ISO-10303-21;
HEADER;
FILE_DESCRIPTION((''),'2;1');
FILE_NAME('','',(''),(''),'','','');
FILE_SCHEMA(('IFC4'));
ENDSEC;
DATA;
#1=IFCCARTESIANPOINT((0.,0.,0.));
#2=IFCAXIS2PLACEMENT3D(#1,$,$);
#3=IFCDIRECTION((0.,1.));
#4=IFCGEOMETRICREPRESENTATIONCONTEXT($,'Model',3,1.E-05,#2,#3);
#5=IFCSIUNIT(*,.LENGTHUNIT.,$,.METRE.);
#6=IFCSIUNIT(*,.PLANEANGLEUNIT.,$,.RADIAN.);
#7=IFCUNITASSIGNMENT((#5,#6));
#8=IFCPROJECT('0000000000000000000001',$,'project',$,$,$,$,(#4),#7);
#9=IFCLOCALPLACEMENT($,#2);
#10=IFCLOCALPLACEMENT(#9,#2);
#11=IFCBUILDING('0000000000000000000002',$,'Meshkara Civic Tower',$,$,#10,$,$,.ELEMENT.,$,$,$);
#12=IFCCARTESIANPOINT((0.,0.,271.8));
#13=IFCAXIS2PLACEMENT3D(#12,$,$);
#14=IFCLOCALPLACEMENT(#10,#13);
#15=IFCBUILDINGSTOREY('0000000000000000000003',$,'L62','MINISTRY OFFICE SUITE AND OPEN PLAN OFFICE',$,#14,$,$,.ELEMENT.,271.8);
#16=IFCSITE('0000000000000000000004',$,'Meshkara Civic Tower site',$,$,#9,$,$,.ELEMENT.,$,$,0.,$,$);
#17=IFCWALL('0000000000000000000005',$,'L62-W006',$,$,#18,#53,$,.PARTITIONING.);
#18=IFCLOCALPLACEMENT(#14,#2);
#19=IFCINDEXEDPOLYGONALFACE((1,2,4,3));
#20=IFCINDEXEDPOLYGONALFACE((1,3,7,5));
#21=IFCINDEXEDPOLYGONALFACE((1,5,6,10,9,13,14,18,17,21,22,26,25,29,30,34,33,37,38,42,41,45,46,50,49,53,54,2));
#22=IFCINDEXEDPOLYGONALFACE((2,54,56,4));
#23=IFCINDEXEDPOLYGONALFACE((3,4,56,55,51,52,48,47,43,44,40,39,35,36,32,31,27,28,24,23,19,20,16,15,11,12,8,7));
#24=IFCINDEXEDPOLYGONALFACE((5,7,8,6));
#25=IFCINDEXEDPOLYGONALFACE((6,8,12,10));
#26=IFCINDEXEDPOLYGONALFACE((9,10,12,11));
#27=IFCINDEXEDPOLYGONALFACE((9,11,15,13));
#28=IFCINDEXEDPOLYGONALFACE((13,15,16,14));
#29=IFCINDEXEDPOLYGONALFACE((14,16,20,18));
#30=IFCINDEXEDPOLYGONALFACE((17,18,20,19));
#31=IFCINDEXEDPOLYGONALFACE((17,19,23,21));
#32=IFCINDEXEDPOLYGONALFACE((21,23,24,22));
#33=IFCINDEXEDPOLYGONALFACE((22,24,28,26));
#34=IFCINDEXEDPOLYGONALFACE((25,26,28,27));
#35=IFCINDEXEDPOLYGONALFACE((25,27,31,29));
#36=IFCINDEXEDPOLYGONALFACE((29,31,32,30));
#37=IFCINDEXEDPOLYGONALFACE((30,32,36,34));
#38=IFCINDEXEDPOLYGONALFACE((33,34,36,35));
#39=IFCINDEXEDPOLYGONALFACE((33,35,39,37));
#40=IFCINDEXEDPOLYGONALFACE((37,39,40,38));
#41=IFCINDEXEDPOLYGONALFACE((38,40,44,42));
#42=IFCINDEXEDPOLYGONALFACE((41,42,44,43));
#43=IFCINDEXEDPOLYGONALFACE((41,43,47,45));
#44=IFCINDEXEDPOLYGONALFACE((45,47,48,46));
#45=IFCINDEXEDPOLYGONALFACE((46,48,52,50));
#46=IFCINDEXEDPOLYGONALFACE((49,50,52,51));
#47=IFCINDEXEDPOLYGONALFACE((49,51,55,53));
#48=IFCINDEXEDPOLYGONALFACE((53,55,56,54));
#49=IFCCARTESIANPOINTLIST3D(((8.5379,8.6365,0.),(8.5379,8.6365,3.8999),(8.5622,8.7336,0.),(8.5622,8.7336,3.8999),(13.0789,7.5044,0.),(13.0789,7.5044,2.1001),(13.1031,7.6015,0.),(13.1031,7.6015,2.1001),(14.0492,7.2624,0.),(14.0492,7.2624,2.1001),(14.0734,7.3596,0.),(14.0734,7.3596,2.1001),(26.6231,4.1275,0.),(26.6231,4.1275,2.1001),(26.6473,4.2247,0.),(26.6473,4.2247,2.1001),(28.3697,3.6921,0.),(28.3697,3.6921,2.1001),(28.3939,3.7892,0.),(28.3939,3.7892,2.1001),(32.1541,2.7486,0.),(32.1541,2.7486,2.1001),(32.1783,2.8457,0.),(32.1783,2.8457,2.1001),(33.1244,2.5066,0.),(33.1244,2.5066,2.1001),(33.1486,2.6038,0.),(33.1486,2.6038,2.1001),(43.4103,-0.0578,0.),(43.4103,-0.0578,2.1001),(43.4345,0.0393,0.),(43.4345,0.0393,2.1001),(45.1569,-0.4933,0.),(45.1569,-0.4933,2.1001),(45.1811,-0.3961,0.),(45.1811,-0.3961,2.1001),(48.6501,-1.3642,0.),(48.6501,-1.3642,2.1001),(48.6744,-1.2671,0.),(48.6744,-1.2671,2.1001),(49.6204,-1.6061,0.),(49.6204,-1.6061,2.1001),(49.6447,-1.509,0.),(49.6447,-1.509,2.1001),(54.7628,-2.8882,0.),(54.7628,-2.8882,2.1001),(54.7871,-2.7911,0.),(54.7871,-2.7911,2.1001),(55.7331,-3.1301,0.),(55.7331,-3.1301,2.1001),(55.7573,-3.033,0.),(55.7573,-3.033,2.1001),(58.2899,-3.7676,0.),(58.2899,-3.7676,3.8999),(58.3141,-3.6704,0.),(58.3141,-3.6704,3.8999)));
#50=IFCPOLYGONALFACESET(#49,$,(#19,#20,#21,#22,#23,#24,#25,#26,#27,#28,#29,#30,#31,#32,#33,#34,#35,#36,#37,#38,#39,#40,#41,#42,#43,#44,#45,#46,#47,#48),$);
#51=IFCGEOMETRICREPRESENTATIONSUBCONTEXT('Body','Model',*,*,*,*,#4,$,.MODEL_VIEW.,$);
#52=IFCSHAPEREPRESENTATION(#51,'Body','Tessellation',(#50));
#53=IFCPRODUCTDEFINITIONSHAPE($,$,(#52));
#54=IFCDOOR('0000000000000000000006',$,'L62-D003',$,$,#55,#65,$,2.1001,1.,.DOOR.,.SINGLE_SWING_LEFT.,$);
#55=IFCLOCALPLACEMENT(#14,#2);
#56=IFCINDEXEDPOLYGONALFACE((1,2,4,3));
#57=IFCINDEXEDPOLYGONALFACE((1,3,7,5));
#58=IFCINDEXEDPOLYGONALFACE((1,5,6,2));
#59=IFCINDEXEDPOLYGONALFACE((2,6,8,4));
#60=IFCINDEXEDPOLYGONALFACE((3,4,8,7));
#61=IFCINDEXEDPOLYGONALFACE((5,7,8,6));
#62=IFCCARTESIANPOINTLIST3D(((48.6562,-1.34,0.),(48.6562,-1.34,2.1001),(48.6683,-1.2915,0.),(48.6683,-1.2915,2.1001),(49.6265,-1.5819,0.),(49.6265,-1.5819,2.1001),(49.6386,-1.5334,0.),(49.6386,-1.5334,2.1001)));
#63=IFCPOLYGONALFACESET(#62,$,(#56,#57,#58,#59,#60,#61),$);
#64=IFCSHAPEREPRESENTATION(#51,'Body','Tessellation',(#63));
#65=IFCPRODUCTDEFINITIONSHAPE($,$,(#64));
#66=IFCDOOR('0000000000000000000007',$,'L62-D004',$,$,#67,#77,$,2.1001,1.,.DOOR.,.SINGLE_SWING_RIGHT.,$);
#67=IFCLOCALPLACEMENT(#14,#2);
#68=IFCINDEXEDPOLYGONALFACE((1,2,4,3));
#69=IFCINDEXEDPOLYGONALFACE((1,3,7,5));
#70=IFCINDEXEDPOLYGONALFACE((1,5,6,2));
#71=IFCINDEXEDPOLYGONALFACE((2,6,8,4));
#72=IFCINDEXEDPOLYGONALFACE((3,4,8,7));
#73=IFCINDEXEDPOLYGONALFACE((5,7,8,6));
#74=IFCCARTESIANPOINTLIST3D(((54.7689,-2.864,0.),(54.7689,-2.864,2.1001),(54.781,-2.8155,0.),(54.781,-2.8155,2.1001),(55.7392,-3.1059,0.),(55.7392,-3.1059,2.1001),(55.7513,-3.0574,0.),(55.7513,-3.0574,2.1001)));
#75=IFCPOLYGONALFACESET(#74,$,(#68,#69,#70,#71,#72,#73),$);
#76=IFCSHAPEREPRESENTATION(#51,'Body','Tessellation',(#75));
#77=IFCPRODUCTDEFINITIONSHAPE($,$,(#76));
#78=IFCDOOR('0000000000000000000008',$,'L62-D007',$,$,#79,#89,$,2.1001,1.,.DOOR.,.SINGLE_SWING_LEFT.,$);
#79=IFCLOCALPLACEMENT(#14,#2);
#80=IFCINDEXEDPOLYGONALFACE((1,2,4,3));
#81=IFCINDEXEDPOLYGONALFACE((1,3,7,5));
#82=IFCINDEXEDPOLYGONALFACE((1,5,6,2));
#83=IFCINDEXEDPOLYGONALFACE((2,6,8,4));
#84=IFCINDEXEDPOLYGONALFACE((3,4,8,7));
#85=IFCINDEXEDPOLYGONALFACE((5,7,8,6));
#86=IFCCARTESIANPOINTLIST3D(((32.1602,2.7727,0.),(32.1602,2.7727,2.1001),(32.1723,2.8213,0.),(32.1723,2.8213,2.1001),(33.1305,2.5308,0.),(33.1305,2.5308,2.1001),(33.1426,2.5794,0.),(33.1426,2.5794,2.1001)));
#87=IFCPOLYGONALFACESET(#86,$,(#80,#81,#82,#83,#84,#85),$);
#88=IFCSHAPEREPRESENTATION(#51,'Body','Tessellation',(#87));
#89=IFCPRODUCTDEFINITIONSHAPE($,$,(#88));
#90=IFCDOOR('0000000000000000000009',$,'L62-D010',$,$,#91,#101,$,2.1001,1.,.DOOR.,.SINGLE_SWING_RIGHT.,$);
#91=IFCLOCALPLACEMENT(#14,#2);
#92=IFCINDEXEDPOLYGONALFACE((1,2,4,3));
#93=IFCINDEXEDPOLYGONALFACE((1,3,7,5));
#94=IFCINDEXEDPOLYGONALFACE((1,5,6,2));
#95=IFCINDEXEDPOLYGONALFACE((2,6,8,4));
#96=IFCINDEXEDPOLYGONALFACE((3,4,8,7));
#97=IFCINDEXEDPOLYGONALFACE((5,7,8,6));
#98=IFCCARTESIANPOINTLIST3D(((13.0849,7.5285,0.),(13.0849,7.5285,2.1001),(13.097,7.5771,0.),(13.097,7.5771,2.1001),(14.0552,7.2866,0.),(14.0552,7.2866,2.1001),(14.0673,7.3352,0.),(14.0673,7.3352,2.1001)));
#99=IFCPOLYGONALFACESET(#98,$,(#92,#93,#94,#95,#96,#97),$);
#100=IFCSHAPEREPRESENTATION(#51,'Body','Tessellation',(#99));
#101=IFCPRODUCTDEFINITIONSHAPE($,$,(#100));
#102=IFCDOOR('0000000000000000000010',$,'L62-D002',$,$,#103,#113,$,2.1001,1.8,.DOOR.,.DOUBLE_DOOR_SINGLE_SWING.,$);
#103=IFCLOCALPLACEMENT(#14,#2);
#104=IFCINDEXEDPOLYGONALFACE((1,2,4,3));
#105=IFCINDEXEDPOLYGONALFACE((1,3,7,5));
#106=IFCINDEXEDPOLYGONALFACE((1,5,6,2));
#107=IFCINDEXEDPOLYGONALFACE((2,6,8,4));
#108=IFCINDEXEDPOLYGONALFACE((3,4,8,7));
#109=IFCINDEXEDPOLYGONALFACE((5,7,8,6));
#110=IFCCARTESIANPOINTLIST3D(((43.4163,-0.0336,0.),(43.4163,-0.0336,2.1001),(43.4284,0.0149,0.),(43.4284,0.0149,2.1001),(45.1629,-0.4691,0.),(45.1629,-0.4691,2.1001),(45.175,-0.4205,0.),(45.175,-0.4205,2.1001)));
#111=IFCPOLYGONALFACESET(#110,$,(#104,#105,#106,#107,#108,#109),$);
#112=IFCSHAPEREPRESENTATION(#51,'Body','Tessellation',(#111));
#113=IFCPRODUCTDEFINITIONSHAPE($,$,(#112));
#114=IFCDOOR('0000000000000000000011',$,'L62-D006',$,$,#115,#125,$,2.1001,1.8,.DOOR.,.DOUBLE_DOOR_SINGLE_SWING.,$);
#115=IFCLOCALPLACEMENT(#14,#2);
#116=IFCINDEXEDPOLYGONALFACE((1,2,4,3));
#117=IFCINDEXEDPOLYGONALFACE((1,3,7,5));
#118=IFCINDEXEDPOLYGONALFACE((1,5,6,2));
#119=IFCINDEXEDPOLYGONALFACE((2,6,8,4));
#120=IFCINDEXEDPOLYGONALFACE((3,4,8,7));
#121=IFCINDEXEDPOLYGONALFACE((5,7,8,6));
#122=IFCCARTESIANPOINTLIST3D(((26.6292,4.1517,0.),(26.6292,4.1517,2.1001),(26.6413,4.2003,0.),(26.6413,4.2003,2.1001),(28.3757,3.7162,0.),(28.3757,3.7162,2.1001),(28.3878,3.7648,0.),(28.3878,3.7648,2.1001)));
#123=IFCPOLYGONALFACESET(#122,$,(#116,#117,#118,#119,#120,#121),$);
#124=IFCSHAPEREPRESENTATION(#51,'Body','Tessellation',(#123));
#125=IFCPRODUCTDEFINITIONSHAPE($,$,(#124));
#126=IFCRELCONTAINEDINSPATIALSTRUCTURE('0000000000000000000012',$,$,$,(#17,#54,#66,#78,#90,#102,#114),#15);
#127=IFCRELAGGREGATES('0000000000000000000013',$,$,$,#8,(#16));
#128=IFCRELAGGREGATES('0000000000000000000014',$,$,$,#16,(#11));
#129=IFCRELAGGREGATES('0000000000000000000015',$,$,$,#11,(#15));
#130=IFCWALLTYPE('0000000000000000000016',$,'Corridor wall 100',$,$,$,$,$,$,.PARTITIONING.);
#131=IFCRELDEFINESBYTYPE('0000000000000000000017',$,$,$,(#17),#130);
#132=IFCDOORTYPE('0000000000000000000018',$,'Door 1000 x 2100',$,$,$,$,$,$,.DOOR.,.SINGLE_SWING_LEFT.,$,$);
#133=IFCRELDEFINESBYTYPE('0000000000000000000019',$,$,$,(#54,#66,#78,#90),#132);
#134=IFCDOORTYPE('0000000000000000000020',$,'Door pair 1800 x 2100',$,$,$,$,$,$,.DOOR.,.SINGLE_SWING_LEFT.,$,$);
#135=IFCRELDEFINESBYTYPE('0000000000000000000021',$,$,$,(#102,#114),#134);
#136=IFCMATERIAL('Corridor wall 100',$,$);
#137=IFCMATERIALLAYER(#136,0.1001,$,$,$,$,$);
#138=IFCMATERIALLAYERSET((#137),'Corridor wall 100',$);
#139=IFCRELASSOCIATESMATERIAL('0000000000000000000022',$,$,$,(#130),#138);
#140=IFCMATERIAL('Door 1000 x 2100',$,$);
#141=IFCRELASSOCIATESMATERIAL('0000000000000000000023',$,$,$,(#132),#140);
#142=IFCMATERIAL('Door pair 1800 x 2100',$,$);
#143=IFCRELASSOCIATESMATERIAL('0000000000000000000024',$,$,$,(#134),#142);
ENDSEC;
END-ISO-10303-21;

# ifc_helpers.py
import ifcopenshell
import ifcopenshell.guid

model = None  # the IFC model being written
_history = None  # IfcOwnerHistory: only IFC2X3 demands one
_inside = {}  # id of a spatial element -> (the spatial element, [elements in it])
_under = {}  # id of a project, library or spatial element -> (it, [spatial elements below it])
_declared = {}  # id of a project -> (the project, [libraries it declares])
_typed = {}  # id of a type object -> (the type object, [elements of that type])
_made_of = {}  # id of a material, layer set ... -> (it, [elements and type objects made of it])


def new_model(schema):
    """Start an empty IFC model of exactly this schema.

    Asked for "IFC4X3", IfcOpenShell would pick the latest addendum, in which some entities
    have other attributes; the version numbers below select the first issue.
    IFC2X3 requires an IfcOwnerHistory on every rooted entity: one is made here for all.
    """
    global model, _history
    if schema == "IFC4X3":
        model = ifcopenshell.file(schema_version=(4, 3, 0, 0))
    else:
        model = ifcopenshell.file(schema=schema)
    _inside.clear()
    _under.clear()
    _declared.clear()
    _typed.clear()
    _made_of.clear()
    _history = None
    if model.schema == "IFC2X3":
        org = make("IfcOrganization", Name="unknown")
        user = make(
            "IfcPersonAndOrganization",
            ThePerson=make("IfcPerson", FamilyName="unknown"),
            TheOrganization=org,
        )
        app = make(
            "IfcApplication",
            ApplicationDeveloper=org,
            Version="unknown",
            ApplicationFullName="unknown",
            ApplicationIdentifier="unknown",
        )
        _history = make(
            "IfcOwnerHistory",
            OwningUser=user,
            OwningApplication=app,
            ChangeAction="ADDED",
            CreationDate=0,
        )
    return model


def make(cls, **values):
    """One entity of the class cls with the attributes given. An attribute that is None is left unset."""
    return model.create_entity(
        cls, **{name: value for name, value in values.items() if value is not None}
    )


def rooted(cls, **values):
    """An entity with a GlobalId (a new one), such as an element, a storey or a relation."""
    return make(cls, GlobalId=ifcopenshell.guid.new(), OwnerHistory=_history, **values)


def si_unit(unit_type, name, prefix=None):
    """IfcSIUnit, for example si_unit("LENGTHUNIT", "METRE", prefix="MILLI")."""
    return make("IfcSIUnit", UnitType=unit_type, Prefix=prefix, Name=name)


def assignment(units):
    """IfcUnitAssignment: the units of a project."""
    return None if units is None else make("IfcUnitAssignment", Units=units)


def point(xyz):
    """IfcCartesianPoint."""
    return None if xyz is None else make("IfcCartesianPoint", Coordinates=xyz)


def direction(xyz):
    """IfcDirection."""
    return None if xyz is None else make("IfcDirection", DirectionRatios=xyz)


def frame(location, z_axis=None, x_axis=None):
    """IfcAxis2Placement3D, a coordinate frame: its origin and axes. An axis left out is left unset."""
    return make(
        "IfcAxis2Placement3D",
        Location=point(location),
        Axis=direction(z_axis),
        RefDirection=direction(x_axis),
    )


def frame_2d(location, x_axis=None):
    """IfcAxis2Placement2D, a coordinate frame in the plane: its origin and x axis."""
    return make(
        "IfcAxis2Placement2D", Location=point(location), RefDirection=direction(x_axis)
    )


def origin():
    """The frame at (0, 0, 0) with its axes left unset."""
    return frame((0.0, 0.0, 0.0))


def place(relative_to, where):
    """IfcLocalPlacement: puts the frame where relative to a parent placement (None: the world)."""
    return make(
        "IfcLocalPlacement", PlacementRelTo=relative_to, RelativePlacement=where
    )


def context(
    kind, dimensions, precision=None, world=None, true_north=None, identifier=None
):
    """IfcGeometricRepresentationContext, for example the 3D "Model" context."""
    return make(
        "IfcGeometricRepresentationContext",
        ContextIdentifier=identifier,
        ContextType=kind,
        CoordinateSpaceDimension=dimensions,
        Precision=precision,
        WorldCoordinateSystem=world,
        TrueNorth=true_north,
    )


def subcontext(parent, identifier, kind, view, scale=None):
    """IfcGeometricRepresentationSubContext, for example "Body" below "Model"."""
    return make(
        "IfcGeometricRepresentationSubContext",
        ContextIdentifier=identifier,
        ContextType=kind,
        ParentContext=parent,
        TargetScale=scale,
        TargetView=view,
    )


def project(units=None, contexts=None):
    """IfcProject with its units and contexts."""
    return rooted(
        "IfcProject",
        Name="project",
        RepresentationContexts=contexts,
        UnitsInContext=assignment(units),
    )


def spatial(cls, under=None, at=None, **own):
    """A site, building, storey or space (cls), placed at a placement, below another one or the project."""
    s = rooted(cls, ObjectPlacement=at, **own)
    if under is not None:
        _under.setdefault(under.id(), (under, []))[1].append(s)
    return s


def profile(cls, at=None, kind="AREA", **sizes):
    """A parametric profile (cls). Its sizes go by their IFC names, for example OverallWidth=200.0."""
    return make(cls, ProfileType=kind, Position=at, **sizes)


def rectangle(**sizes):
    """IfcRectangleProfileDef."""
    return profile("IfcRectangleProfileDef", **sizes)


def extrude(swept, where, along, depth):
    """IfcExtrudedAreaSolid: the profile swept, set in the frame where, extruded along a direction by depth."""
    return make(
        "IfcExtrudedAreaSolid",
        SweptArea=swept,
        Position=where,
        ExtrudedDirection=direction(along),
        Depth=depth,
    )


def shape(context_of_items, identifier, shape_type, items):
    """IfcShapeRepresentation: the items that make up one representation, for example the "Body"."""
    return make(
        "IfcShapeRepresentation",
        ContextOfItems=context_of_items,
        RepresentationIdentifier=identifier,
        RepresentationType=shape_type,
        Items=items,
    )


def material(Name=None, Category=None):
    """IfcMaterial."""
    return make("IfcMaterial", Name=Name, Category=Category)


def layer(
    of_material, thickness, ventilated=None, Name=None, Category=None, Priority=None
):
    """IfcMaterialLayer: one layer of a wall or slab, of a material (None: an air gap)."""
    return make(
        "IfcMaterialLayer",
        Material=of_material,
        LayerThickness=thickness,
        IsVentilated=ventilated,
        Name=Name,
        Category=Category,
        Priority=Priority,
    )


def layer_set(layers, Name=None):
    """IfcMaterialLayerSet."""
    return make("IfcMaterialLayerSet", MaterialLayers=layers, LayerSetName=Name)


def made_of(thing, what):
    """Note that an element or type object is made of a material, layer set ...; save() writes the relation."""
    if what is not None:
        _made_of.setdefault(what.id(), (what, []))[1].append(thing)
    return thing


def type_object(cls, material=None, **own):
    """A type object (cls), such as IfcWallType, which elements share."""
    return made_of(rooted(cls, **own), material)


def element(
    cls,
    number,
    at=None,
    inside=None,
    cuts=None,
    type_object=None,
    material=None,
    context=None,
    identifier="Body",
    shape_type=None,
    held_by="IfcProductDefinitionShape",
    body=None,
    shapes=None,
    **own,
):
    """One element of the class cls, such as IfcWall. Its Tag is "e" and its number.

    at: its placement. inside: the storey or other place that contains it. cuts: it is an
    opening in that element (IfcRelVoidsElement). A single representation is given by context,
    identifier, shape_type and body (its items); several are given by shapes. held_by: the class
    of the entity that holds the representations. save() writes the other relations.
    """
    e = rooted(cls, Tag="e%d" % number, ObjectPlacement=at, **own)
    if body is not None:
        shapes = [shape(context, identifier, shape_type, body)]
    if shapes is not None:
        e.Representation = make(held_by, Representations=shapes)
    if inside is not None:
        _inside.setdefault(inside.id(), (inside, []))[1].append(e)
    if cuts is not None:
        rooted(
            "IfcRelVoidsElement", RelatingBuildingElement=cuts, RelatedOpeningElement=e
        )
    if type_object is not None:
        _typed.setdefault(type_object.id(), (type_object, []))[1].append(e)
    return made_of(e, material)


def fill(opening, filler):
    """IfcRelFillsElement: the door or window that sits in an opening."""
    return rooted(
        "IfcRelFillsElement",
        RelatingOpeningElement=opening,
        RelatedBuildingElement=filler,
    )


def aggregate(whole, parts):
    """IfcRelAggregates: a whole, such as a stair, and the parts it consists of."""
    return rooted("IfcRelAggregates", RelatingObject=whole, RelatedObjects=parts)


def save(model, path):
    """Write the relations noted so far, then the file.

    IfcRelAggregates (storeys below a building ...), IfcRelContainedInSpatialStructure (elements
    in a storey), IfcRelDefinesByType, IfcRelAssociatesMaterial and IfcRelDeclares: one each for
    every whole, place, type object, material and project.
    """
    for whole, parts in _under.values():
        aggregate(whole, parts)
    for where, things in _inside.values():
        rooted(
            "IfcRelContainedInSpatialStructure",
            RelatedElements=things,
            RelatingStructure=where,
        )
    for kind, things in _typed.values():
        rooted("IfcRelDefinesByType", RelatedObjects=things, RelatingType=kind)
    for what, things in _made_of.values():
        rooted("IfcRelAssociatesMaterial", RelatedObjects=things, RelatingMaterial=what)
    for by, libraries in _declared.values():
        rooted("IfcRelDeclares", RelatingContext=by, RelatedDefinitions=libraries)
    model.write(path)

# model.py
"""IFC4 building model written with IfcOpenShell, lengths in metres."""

from ifc_helpers import new_model, si_unit, direction, frame, frame_2d, origin, place, context, subcontext, project, spatial, rectangle, extrude, material, layer, layer_set, type_object, element, fill, save


model = new_model("IFC4")

# Units and contexts
model_context = context("Model", 3, precision=1e-05, world=origin(), true_north=direction((0.0, 1.0)))
body_context = subcontext(model_context, "Body", "Model", "MODEL_VIEW")
ifc_project = project(units=[si_unit("LENGTHUNIT", "METRE"), si_unit("PLANEANGLEUNIT", "RADIAN")], contexts=[model_context])

# Site, building, storey
site_placement = place(None, origin())
site = spatial("IfcSite", under=ifc_project, at=site_placement, Name="Meshkara Civic Tower site", CompositionType="ELEMENT", RefElevation=0.0)
building_placement = place(site_placement, origin())
building = spatial("IfcBuilding", under=site, at=building_placement, Name="Meshkara Civic Tower", CompositionType="ELEMENT")
storey_placement = place(building_placement, frame((0.0, 0.0, 271.8)))
storey = spatial("IfcBuildingStorey", under=building, at=storey_placement, Name="L62", Description="MINISTRY OFFICE SUITE AND OPEN PLAN OFFICE", CompositionType="ELEMENT", Elevation=271.8)

# Wall, openings, doors
ifc_material_1 = material(Name="Corridor wall 100")
ifc_layer_1 = layer(ifc_material_1, 0.1001)
ifc_layer_set_1 = layer_set([ifc_layer_1], Name="Corridor wall 100")
wall_type_1 = type_object("IfcWallType", Name="Corridor wall 100", PredefinedType="PARTITIONING", material=ifc_layer_set_1)
wall_1_placement = place(storey_placement, frame((8.55, 8.6851, 0.0), z_axis=(0.0, 0.0, 1.0), x_axis=(0.970298, -0.241913, 0.0)))
wall_1 = element("IfcWall", 1, at=wall_1_placement, inside=storey, type_object=wall_type_1, Name="L62-W006", PredefinedType="PARTITIONING", context=body_context, shape_type="SweptSolid", body=[
    extrude(rectangle(XDim=51.2749, YDim=0.1001, at=frame_2d((25.6375, 0.0))), origin(), (0.0, 0.0, 1.0), 3.8999),
])
opening_1_placement = place(wall_1_placement, frame((35.9399, 0.0, 0.0)))
opening_1 = element("IfcOpeningElement", 2, at=opening_1_placement, cuts=wall_1, PredefinedType="OPENING", context=body_context, shape_type="SweptSolid", body=[
    extrude(rectangle(XDim=1.8, YDim=2.1001, at=frame_2d((0.8999, 1.05))), frame((0.0, 0.0601, 0.0), z_axis=(0.0, -1.0, 0.0), x_axis=(1.0, 0.0, 0.0)), (0.0, 0.0, 1.0), 0.1201),
])
opening_2_placement = place(wall_1_placement, frame((41.3401, 0.0, 0.0)))
opening_2 = element("IfcOpeningElement", 3, at=opening_2_placement, cuts=wall_1, PredefinedType="OPENING", context=body_context, shape_type="SweptSolid", body=[
    extrude(rectangle(XDim=1.0, YDim=2.1001, at=frame_2d((0.5, 1.05))), frame((0.0, 0.0601, 0.0), z_axis=(0.0, -1.0, 0.0), x_axis=(1.0, 0.0, 0.0)), (0.0, 0.0, 1.0), 0.1201),
])
opening_3_placement = place(wall_1_placement, frame((47.6399, 0.0, 0.0)))
opening_3 = element("IfcOpeningElement", 4, at=opening_3_placement, cuts=wall_1, PredefinedType="OPENING", context=body_context, shape_type="SweptSolid", body=[
    extrude(rectangle(XDim=1.0, YDim=2.1001, at=frame_2d((0.5, 1.05))), frame((0.0, 0.0601, 0.0), z_axis=(0.0, -1.0, 0.0), x_axis=(1.0, 0.0, 0.0)), (0.0, 0.0, 1.0), 0.1201),
])
opening_4_placement = place(wall_1_placement, frame((18.6389, 0.0, 0.0)))
opening_4 = element("IfcOpeningElement", 5, at=opening_4_placement, cuts=wall_1, PredefinedType="OPENING", context=body_context, shape_type="SweptSolid", body=[
    extrude(rectangle(XDim=1.8, YDim=2.1001, at=frame_2d((0.8999, 1.05))), frame((0.0, 0.0601, 0.0), z_axis=(0.0, -1.0, 0.0), x_axis=(1.0, 0.0, 0.0)), (0.0, 0.0, 1.0), 0.1201),
])
opening_5_placement = place(wall_1_placement, frame((24.3391, 0.0, 0.0)))
opening_5 = element("IfcOpeningElement", 6, at=opening_5_placement, cuts=wall_1, PredefinedType="OPENING", context=body_context, shape_type="SweptSolid", body=[
    extrude(rectangle(XDim=1.0, YDim=2.1001, at=frame_2d((0.5, 1.05))), frame((0.0, 0.0601, 0.0), z_axis=(0.0, -1.0, 0.0), x_axis=(1.0, 0.0, 0.0)), (0.0, 0.0, 1.0), 0.1201),
])
opening_6_placement = place(wall_1_placement, frame((4.6799, 0.0, 0.0)))
opening_6 = element("IfcOpeningElement", 7, at=opening_6_placement, cuts=wall_1, PredefinedType="OPENING", context=body_context, shape_type="SweptSolid", body=[
    extrude(rectangle(XDim=1.0, YDim=2.1001, at=frame_2d((0.5, 1.05))), frame((0.0, 0.0601, 0.0), z_axis=(0.0, -1.0, 0.0), x_axis=(1.0, 0.0, 0.0)), (0.0, 0.0, 1.0), 0.1201),
])
ifc_material_2 = material(Name="Door 1000 x 2100")
door_type_1 = type_object("IfcDoorType", Name="Door 1000 x 2100", OperationType="SINGLE_SWING_LEFT", PredefinedType="DOOR", material=ifc_material_2)
door_1_placement = place(opening_2_placement, origin())
door_1 = element("IfcDoor", 8, at=door_1_placement, inside=storey, type_object=door_type_1, Name="L62-D003", OperationType="SINGLE_SWING_LEFT", OverallHeight=2.1001, OverallWidth=1.0, PredefinedType="DOOR", context=body_context, shape_type="SweptSolid", body=[
    extrude(rectangle(XDim=1.0, YDim=2.1001, at=frame_2d((0.5, 1.05))), frame((0.0, 0.0249, 0.0), z_axis=(0.0, -1.0, 0.0), x_axis=(1.0, 0.0, 0.0)), (0.0, 0.0, 1.0), 0.05),
])
fill(opening_2, door_1)
door_2_placement = place(opening_3_placement, origin())
door_2 = element("IfcDoor", 9, at=door_2_placement, inside=storey, type_object=door_type_1, Name="L62-D004", OperationType="SINGLE_SWING_RIGHT", OverallHeight=2.1001, OverallWidth=1.0, PredefinedType="DOOR", context=body_context, shape_type="SweptSolid", body=[
    extrude(rectangle(XDim=1.0, YDim=2.1001, at=frame_2d((0.5, 1.05))), frame((0.0, 0.0249, 0.0), z_axis=(0.0, -1.0, 0.0), x_axis=(1.0, 0.0, 0.0)), (0.0, 0.0, 1.0), 0.05),
])
fill(opening_3, door_2)
door_3_placement = place(opening_5_placement, origin())
door_3 = element("IfcDoor", 10, at=door_3_placement, inside=storey, type_object=door_type_1, Name="L62-D007", OperationType="SINGLE_SWING_LEFT", OverallHeight=2.1001, OverallWidth=1.0, PredefinedType="DOOR", context=body_context, shape_type="SweptSolid", body=[
    extrude(rectangle(XDim=1.0, YDim=2.1001, at=frame_2d((0.5, 1.05))), frame((0.0, 0.0249, 0.0), z_axis=(0.0, -1.0, 0.0), x_axis=(1.0, 0.0, 0.0)), (0.0, 0.0, 1.0), 0.05),
])
fill(opening_5, door_3)
door_4_placement = place(opening_6_placement, origin())
door_4 = element("IfcDoor", 11, at=door_4_placement, inside=storey, type_object=door_type_1, Name="L62-D010", OperationType="SINGLE_SWING_RIGHT", OverallHeight=2.1001, OverallWidth=1.0, PredefinedType="DOOR", context=body_context, shape_type="SweptSolid", body=[
    extrude(rectangle(XDim=1.0, YDim=2.1001, at=frame_2d((0.5, 1.05))), frame((0.0, 0.0249, 0.0), z_axis=(0.0, -1.0, 0.0), x_axis=(1.0, 0.0, 0.0)), (0.0, 0.0, 1.0), 0.05),
])
fill(opening_6, door_4)
ifc_material_3 = material(Name="Door pair 1800 x 2100")
door_type_2 = type_object("IfcDoorType", Name="Door pair 1800 x 2100", OperationType="SINGLE_SWING_LEFT", PredefinedType="DOOR", material=ifc_material_3)
door_5_placement = place(opening_1_placement, origin())
door_5 = element("IfcDoor", 12, at=door_5_placement, inside=storey, type_object=door_type_2, Name="L62-D002", OperationType="DOUBLE_DOOR_SINGLE_SWING", OverallHeight=2.1001, OverallWidth=1.8, PredefinedType="DOOR", context=body_context, shape_type="SweptSolid", body=[
    extrude(rectangle(XDim=1.8, YDim=2.1001, at=frame_2d((0.8999, 1.05))), frame((0.0, 0.0249, 0.0), z_axis=(0.0, -1.0, 0.0), x_axis=(1.0, 0.0, 0.0)), (0.0, 0.0, 1.0), 0.05),
])
fill(opening_1, door_5)
door_6_placement = place(opening_4_placement, origin())
door_6 = element("IfcDoor", 13, at=door_6_placement, inside=storey, type_object=door_type_2, Name="L62-D006", OperationType="DOUBLE_DOOR_SINGLE_SWING", OverallHeight=2.1001, OverallWidth=1.8, PredefinedType="DOOR", context=body_context, shape_type="SweptSolid", body=[
    extrude(rectangle(XDim=1.8, YDim=2.1001, at=frame_2d((0.8999, 1.05))), frame((0.0, 0.0249, 0.0), z_axis=(0.0, -1.0, 0.0), x_axis=(1.0, 0.0, 0.0)), (0.0, 0.0, 1.0), 0.05),
])
fill(opening_4, door_6)

save(model, "model.ifc")
